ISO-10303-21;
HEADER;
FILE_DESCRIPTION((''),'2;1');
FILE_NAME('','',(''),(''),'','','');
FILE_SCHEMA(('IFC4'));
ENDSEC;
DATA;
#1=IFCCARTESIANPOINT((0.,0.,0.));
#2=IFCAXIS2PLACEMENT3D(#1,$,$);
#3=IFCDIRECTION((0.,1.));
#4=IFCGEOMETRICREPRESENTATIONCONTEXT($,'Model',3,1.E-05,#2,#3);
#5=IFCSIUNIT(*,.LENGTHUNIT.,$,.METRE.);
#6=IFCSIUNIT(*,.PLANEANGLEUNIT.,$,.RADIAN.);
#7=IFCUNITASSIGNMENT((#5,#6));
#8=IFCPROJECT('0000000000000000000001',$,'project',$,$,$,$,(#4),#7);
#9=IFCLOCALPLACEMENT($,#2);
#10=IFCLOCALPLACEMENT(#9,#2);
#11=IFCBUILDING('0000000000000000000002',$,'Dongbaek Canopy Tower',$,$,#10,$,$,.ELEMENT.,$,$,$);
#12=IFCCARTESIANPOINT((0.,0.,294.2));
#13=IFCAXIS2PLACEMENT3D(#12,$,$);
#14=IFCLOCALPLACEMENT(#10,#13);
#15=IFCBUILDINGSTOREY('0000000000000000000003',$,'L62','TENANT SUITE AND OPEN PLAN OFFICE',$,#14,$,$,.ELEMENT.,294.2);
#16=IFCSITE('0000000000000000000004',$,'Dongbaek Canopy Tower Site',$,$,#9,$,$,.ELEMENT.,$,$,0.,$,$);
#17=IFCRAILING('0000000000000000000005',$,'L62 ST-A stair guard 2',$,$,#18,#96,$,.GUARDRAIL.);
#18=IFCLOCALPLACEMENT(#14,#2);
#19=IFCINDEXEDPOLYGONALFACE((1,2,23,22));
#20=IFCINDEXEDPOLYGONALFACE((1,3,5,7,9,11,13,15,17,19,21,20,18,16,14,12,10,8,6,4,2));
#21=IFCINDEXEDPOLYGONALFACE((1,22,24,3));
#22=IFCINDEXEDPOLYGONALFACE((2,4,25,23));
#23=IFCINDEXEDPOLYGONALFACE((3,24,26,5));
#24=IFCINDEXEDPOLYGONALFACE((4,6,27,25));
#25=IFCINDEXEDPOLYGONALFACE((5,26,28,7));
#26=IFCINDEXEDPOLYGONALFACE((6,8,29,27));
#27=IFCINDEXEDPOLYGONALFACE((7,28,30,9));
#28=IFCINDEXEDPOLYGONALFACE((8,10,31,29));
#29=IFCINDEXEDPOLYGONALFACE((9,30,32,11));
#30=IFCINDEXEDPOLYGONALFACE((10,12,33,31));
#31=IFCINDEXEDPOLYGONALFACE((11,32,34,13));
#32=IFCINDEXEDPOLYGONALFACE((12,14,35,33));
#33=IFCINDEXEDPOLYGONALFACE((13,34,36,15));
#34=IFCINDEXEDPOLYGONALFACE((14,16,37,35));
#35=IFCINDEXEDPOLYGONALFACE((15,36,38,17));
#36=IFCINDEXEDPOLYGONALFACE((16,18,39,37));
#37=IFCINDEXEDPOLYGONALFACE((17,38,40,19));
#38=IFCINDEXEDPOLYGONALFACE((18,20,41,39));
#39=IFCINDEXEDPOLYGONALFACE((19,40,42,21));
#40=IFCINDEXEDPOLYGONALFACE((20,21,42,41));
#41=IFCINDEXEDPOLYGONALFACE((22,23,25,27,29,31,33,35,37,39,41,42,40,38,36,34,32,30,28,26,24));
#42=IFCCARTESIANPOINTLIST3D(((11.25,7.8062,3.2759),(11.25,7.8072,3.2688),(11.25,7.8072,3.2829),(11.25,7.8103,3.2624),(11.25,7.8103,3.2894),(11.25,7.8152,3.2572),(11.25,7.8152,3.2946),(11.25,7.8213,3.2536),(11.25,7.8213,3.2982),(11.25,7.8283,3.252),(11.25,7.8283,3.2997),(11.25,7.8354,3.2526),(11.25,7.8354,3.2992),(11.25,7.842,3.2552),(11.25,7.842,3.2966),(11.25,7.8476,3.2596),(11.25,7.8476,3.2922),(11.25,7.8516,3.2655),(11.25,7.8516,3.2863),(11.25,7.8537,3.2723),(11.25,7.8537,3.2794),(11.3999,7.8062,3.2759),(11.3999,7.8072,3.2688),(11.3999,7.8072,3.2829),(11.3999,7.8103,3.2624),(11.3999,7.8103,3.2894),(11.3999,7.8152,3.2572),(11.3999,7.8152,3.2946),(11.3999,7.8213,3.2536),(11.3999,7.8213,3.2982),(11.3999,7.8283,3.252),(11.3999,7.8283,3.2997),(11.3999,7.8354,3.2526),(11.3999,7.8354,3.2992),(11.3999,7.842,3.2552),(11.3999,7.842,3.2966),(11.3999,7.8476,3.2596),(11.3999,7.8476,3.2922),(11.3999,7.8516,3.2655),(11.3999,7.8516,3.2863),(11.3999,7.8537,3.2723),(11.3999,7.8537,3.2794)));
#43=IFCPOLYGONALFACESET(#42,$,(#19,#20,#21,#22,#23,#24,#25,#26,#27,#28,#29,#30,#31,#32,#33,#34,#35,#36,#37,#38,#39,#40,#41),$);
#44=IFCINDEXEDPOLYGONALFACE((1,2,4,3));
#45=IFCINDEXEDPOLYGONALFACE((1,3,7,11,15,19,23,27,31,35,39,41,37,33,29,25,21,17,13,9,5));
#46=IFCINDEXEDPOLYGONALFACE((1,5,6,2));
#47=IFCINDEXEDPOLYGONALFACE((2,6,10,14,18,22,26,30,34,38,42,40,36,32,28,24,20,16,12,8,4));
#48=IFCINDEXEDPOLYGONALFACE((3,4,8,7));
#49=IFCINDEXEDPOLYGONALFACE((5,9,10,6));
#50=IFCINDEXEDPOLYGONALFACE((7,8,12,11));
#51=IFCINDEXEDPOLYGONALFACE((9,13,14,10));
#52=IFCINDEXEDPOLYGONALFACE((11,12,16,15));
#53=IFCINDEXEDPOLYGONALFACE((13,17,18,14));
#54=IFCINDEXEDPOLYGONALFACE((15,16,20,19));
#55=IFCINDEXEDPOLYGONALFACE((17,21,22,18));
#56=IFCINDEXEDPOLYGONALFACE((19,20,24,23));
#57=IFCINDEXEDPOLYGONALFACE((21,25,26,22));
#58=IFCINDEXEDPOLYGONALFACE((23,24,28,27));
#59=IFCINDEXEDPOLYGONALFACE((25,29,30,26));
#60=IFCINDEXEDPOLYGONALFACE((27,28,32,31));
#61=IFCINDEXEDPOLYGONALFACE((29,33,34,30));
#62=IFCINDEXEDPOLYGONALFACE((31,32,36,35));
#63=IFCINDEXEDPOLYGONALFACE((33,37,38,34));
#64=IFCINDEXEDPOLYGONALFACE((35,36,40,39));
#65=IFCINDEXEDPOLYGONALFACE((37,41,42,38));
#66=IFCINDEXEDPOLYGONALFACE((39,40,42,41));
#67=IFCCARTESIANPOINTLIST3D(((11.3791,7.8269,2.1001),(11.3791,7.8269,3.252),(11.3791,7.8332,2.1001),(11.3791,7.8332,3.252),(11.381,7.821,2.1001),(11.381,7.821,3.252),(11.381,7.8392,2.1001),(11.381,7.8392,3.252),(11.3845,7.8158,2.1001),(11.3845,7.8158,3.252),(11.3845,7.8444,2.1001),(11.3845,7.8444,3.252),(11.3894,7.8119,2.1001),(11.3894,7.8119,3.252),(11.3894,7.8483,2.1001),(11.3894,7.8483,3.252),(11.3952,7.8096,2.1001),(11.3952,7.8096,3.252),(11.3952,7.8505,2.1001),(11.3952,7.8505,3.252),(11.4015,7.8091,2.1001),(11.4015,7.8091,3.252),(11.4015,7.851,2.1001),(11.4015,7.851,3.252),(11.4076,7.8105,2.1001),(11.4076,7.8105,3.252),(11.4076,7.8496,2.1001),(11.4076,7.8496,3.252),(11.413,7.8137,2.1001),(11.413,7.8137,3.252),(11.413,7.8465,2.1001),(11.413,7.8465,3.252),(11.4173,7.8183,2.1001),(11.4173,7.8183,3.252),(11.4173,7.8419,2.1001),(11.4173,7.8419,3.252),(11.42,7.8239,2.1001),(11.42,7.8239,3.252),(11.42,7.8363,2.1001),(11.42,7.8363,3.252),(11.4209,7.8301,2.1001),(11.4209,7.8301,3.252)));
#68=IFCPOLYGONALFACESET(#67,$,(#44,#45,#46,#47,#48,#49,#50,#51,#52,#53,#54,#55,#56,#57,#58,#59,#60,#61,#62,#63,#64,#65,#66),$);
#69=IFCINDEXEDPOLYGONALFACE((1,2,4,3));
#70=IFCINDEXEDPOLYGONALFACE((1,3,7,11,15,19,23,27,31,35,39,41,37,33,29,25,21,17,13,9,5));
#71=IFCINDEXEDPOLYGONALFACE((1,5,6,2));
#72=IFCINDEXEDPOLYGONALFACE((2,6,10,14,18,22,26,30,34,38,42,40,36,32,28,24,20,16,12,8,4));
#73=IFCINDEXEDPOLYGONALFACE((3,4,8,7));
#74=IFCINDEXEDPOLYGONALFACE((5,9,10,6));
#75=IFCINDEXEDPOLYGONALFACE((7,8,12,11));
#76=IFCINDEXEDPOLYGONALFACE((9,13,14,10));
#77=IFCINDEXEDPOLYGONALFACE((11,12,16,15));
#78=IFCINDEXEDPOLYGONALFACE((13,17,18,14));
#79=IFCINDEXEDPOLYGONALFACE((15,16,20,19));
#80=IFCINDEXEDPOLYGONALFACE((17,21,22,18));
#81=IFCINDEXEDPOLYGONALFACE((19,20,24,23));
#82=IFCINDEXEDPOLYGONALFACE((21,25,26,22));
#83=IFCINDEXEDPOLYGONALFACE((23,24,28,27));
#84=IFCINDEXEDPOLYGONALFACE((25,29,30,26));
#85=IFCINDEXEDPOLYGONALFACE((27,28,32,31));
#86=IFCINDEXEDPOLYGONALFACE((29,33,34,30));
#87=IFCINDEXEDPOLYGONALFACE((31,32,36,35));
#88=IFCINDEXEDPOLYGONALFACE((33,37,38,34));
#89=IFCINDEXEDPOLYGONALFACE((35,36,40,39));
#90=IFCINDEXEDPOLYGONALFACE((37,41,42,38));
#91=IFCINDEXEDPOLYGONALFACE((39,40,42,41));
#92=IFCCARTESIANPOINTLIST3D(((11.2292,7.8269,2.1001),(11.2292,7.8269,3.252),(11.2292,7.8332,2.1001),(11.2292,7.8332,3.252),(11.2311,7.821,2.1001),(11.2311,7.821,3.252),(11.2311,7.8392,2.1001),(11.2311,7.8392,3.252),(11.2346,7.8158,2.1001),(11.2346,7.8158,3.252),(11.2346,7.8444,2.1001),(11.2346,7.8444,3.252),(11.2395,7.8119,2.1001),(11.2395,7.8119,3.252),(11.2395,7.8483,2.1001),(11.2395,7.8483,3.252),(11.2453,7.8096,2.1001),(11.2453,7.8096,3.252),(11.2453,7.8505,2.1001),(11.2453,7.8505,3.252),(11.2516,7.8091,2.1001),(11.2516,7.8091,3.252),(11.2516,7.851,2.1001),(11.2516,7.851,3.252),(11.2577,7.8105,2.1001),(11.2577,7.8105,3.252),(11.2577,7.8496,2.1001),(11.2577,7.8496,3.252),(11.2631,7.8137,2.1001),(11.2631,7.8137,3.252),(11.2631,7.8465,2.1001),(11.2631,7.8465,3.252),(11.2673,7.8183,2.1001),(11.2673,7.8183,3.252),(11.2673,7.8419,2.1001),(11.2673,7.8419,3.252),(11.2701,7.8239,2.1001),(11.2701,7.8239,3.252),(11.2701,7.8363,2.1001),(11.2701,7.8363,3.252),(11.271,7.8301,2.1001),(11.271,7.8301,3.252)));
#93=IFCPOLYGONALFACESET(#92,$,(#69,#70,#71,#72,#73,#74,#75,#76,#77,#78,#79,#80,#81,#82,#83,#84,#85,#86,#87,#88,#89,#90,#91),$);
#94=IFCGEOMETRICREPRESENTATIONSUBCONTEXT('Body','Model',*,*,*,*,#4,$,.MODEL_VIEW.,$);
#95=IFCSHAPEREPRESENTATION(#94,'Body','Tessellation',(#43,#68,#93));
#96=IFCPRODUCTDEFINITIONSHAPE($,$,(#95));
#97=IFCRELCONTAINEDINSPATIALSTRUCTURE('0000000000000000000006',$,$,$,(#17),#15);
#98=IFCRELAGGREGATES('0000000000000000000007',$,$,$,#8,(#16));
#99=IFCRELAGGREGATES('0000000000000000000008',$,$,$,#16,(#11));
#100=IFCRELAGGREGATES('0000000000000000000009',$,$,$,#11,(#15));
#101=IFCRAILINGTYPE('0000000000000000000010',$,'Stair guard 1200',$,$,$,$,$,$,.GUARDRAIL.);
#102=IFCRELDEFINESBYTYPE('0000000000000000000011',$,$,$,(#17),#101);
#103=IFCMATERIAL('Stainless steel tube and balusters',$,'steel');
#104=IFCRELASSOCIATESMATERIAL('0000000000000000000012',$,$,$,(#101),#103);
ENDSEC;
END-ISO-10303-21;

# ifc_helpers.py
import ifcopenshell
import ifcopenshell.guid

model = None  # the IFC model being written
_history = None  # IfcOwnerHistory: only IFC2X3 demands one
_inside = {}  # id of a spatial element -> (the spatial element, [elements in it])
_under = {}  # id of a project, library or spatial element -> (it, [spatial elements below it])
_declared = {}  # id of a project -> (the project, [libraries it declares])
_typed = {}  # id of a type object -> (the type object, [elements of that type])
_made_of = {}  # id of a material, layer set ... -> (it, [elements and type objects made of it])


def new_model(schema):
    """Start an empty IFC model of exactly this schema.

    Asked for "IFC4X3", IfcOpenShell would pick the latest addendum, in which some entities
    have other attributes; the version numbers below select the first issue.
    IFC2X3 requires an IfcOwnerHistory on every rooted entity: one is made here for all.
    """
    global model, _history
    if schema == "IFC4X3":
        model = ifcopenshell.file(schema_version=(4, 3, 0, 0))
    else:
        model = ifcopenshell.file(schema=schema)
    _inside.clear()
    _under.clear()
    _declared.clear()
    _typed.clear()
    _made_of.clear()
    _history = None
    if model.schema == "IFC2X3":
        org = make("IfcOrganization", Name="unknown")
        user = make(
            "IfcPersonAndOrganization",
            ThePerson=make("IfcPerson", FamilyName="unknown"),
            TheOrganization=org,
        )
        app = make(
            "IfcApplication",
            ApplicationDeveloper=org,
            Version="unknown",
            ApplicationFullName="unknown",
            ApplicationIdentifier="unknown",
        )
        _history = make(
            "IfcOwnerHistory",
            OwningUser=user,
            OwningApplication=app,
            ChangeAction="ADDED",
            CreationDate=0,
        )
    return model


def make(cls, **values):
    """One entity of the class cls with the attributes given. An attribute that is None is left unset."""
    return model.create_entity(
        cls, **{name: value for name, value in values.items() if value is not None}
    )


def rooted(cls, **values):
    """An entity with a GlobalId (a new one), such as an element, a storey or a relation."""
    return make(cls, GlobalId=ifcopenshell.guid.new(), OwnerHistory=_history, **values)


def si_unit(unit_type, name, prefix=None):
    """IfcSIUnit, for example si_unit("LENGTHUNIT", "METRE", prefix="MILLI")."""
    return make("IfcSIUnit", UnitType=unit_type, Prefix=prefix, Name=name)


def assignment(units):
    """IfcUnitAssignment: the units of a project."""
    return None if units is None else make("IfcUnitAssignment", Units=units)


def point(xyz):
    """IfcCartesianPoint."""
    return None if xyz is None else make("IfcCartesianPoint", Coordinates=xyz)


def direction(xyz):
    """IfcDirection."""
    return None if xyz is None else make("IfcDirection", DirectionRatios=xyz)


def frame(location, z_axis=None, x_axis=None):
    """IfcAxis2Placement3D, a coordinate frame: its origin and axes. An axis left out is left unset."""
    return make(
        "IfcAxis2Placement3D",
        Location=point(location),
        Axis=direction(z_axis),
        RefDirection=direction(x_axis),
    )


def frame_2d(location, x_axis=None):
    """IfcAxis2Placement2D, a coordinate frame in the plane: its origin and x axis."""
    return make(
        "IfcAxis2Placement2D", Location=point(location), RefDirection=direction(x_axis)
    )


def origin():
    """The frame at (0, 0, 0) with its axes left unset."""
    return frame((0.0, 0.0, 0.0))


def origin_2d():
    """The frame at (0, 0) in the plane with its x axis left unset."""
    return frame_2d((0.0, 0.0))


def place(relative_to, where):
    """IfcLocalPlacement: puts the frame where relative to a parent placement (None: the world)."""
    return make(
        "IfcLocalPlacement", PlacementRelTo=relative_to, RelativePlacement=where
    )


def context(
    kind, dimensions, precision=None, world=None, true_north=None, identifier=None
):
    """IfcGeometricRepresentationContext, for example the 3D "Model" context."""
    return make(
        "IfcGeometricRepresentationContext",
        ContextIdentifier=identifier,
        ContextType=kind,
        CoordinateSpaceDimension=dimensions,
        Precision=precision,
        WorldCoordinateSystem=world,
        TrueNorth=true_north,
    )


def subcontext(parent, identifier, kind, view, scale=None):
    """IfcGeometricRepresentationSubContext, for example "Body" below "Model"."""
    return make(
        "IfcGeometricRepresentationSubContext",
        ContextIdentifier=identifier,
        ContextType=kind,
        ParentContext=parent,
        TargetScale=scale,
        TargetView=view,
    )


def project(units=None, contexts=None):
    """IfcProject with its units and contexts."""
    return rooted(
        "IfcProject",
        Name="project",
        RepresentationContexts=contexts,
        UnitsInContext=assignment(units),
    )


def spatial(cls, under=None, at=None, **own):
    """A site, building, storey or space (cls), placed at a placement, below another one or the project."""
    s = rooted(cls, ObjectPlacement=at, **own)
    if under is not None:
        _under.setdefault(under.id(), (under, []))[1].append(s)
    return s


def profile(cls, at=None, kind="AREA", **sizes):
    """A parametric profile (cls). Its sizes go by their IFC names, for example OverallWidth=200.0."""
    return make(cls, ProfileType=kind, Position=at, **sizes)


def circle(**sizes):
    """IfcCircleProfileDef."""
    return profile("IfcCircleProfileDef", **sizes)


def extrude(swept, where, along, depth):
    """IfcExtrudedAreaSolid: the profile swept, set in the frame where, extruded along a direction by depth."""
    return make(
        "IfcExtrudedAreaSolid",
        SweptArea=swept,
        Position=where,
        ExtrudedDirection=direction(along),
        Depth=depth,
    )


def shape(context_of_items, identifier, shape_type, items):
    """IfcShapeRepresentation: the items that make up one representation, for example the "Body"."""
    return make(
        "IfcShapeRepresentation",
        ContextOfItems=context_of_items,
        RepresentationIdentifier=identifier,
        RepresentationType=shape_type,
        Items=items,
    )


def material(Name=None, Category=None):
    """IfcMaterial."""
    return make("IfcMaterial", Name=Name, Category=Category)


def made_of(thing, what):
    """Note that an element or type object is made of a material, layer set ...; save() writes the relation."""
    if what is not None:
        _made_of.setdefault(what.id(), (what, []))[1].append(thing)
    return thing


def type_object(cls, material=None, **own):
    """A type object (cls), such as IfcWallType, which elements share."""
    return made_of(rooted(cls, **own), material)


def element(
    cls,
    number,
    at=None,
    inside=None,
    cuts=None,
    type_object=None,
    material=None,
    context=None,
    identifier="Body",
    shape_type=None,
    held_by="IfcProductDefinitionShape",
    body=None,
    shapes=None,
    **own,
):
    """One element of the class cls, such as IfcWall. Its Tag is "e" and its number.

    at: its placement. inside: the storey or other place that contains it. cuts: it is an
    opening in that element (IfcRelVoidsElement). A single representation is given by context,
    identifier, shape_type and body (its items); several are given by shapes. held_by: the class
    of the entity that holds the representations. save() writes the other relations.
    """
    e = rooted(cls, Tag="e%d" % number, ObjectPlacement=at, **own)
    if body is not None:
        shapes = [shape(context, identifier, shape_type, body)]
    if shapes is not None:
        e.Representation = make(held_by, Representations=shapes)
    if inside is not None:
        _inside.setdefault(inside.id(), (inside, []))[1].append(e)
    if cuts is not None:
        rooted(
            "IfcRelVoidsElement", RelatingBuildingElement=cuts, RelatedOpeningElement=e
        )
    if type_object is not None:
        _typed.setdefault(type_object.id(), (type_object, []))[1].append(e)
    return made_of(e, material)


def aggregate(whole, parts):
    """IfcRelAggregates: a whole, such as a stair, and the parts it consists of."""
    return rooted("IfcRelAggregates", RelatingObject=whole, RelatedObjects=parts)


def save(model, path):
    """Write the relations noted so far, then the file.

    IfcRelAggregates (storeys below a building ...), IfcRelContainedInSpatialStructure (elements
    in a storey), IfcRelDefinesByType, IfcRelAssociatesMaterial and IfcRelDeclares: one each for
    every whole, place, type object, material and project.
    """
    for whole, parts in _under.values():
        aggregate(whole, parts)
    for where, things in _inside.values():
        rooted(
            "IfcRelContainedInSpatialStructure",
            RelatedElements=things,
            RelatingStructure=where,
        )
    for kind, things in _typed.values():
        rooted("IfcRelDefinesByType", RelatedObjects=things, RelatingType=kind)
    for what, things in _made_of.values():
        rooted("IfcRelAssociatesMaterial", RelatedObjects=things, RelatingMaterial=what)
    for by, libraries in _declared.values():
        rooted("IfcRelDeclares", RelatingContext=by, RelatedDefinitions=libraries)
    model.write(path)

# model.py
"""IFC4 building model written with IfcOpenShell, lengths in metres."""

from ifc_helpers import new_model, si_unit, direction, frame, origin, origin_2d, place, context, subcontext, project, spatial, circle, extrude, material, type_object, element, save


model = new_model("IFC4")

# Units and contexts
model_context = context("Model", 3, precision=1e-05, world=origin(), true_north=direction((0.0, 1.0)))
body_context = subcontext(model_context, "Body", "Model", "MODEL_VIEW")
ifc_project = project(units=[si_unit("LENGTHUNIT", "METRE"), si_unit("PLANEANGLEUNIT", "RADIAN")], contexts=[model_context])

# Site, building, storey
site_placement = place(None, origin())
site = spatial("IfcSite", under=ifc_project, at=site_placement, Name="Dongbaek Canopy Tower Site", CompositionType="ELEMENT", RefElevation=0.0)
building_placement = place(site_placement, origin())
building = spatial("IfcBuilding", under=site, at=building_placement, Name="Dongbaek Canopy Tower", CompositionType="ELEMENT")
storey_placement = place(building_placement, frame((0.0, 0.0, 294.2)))
storey = spatial("IfcBuildingStorey", under=building, at=storey_placement, Name="L62", Description="TENANT SUITE AND OPEN PLAN OFFICE", CompositionType="ELEMENT", Elevation=294.2)

# Railing
ifc_material_1 = material(Name="Stainless steel tube and balusters", Category="steel")
railing_type_1 = type_object("IfcRailingType", Name="Stair guard 1200", PredefinedType="GUARDRAIL", material=ifc_material_1)
railing_1_placement = place(storey_placement, frame((11.3999, 7.8301, 2.1001)))
element("IfcRailing", 1, at=railing_1_placement, inside=storey, type_object=railing_type_1, Name="L62 ST-A stair guard 2", PredefinedType="GUARDRAIL", context=body_context, shape_type="SweptSolid", body=[
    extrude(circle(Radius=0.0239, at=origin_2d()), frame((0.0, 0.0, 1.1758), z_axis=(-1.0, 0.0, 0.0), x_axis=(0.0, -1.0, 0.0)), (0.0, 0.0, 1.0), 0.1499),
    extrude(circle(Radius=0.021, at=origin_2d()), origin(), (0.0, 0.0, 1.0), 1.1519),
    extrude(circle(Radius=0.021, at=origin_2d()), frame((-0.1499, 0.0, 0.0)), (0.0, 0.0, 1.0), 1.1519),
])

save(model, "model.ifc")
